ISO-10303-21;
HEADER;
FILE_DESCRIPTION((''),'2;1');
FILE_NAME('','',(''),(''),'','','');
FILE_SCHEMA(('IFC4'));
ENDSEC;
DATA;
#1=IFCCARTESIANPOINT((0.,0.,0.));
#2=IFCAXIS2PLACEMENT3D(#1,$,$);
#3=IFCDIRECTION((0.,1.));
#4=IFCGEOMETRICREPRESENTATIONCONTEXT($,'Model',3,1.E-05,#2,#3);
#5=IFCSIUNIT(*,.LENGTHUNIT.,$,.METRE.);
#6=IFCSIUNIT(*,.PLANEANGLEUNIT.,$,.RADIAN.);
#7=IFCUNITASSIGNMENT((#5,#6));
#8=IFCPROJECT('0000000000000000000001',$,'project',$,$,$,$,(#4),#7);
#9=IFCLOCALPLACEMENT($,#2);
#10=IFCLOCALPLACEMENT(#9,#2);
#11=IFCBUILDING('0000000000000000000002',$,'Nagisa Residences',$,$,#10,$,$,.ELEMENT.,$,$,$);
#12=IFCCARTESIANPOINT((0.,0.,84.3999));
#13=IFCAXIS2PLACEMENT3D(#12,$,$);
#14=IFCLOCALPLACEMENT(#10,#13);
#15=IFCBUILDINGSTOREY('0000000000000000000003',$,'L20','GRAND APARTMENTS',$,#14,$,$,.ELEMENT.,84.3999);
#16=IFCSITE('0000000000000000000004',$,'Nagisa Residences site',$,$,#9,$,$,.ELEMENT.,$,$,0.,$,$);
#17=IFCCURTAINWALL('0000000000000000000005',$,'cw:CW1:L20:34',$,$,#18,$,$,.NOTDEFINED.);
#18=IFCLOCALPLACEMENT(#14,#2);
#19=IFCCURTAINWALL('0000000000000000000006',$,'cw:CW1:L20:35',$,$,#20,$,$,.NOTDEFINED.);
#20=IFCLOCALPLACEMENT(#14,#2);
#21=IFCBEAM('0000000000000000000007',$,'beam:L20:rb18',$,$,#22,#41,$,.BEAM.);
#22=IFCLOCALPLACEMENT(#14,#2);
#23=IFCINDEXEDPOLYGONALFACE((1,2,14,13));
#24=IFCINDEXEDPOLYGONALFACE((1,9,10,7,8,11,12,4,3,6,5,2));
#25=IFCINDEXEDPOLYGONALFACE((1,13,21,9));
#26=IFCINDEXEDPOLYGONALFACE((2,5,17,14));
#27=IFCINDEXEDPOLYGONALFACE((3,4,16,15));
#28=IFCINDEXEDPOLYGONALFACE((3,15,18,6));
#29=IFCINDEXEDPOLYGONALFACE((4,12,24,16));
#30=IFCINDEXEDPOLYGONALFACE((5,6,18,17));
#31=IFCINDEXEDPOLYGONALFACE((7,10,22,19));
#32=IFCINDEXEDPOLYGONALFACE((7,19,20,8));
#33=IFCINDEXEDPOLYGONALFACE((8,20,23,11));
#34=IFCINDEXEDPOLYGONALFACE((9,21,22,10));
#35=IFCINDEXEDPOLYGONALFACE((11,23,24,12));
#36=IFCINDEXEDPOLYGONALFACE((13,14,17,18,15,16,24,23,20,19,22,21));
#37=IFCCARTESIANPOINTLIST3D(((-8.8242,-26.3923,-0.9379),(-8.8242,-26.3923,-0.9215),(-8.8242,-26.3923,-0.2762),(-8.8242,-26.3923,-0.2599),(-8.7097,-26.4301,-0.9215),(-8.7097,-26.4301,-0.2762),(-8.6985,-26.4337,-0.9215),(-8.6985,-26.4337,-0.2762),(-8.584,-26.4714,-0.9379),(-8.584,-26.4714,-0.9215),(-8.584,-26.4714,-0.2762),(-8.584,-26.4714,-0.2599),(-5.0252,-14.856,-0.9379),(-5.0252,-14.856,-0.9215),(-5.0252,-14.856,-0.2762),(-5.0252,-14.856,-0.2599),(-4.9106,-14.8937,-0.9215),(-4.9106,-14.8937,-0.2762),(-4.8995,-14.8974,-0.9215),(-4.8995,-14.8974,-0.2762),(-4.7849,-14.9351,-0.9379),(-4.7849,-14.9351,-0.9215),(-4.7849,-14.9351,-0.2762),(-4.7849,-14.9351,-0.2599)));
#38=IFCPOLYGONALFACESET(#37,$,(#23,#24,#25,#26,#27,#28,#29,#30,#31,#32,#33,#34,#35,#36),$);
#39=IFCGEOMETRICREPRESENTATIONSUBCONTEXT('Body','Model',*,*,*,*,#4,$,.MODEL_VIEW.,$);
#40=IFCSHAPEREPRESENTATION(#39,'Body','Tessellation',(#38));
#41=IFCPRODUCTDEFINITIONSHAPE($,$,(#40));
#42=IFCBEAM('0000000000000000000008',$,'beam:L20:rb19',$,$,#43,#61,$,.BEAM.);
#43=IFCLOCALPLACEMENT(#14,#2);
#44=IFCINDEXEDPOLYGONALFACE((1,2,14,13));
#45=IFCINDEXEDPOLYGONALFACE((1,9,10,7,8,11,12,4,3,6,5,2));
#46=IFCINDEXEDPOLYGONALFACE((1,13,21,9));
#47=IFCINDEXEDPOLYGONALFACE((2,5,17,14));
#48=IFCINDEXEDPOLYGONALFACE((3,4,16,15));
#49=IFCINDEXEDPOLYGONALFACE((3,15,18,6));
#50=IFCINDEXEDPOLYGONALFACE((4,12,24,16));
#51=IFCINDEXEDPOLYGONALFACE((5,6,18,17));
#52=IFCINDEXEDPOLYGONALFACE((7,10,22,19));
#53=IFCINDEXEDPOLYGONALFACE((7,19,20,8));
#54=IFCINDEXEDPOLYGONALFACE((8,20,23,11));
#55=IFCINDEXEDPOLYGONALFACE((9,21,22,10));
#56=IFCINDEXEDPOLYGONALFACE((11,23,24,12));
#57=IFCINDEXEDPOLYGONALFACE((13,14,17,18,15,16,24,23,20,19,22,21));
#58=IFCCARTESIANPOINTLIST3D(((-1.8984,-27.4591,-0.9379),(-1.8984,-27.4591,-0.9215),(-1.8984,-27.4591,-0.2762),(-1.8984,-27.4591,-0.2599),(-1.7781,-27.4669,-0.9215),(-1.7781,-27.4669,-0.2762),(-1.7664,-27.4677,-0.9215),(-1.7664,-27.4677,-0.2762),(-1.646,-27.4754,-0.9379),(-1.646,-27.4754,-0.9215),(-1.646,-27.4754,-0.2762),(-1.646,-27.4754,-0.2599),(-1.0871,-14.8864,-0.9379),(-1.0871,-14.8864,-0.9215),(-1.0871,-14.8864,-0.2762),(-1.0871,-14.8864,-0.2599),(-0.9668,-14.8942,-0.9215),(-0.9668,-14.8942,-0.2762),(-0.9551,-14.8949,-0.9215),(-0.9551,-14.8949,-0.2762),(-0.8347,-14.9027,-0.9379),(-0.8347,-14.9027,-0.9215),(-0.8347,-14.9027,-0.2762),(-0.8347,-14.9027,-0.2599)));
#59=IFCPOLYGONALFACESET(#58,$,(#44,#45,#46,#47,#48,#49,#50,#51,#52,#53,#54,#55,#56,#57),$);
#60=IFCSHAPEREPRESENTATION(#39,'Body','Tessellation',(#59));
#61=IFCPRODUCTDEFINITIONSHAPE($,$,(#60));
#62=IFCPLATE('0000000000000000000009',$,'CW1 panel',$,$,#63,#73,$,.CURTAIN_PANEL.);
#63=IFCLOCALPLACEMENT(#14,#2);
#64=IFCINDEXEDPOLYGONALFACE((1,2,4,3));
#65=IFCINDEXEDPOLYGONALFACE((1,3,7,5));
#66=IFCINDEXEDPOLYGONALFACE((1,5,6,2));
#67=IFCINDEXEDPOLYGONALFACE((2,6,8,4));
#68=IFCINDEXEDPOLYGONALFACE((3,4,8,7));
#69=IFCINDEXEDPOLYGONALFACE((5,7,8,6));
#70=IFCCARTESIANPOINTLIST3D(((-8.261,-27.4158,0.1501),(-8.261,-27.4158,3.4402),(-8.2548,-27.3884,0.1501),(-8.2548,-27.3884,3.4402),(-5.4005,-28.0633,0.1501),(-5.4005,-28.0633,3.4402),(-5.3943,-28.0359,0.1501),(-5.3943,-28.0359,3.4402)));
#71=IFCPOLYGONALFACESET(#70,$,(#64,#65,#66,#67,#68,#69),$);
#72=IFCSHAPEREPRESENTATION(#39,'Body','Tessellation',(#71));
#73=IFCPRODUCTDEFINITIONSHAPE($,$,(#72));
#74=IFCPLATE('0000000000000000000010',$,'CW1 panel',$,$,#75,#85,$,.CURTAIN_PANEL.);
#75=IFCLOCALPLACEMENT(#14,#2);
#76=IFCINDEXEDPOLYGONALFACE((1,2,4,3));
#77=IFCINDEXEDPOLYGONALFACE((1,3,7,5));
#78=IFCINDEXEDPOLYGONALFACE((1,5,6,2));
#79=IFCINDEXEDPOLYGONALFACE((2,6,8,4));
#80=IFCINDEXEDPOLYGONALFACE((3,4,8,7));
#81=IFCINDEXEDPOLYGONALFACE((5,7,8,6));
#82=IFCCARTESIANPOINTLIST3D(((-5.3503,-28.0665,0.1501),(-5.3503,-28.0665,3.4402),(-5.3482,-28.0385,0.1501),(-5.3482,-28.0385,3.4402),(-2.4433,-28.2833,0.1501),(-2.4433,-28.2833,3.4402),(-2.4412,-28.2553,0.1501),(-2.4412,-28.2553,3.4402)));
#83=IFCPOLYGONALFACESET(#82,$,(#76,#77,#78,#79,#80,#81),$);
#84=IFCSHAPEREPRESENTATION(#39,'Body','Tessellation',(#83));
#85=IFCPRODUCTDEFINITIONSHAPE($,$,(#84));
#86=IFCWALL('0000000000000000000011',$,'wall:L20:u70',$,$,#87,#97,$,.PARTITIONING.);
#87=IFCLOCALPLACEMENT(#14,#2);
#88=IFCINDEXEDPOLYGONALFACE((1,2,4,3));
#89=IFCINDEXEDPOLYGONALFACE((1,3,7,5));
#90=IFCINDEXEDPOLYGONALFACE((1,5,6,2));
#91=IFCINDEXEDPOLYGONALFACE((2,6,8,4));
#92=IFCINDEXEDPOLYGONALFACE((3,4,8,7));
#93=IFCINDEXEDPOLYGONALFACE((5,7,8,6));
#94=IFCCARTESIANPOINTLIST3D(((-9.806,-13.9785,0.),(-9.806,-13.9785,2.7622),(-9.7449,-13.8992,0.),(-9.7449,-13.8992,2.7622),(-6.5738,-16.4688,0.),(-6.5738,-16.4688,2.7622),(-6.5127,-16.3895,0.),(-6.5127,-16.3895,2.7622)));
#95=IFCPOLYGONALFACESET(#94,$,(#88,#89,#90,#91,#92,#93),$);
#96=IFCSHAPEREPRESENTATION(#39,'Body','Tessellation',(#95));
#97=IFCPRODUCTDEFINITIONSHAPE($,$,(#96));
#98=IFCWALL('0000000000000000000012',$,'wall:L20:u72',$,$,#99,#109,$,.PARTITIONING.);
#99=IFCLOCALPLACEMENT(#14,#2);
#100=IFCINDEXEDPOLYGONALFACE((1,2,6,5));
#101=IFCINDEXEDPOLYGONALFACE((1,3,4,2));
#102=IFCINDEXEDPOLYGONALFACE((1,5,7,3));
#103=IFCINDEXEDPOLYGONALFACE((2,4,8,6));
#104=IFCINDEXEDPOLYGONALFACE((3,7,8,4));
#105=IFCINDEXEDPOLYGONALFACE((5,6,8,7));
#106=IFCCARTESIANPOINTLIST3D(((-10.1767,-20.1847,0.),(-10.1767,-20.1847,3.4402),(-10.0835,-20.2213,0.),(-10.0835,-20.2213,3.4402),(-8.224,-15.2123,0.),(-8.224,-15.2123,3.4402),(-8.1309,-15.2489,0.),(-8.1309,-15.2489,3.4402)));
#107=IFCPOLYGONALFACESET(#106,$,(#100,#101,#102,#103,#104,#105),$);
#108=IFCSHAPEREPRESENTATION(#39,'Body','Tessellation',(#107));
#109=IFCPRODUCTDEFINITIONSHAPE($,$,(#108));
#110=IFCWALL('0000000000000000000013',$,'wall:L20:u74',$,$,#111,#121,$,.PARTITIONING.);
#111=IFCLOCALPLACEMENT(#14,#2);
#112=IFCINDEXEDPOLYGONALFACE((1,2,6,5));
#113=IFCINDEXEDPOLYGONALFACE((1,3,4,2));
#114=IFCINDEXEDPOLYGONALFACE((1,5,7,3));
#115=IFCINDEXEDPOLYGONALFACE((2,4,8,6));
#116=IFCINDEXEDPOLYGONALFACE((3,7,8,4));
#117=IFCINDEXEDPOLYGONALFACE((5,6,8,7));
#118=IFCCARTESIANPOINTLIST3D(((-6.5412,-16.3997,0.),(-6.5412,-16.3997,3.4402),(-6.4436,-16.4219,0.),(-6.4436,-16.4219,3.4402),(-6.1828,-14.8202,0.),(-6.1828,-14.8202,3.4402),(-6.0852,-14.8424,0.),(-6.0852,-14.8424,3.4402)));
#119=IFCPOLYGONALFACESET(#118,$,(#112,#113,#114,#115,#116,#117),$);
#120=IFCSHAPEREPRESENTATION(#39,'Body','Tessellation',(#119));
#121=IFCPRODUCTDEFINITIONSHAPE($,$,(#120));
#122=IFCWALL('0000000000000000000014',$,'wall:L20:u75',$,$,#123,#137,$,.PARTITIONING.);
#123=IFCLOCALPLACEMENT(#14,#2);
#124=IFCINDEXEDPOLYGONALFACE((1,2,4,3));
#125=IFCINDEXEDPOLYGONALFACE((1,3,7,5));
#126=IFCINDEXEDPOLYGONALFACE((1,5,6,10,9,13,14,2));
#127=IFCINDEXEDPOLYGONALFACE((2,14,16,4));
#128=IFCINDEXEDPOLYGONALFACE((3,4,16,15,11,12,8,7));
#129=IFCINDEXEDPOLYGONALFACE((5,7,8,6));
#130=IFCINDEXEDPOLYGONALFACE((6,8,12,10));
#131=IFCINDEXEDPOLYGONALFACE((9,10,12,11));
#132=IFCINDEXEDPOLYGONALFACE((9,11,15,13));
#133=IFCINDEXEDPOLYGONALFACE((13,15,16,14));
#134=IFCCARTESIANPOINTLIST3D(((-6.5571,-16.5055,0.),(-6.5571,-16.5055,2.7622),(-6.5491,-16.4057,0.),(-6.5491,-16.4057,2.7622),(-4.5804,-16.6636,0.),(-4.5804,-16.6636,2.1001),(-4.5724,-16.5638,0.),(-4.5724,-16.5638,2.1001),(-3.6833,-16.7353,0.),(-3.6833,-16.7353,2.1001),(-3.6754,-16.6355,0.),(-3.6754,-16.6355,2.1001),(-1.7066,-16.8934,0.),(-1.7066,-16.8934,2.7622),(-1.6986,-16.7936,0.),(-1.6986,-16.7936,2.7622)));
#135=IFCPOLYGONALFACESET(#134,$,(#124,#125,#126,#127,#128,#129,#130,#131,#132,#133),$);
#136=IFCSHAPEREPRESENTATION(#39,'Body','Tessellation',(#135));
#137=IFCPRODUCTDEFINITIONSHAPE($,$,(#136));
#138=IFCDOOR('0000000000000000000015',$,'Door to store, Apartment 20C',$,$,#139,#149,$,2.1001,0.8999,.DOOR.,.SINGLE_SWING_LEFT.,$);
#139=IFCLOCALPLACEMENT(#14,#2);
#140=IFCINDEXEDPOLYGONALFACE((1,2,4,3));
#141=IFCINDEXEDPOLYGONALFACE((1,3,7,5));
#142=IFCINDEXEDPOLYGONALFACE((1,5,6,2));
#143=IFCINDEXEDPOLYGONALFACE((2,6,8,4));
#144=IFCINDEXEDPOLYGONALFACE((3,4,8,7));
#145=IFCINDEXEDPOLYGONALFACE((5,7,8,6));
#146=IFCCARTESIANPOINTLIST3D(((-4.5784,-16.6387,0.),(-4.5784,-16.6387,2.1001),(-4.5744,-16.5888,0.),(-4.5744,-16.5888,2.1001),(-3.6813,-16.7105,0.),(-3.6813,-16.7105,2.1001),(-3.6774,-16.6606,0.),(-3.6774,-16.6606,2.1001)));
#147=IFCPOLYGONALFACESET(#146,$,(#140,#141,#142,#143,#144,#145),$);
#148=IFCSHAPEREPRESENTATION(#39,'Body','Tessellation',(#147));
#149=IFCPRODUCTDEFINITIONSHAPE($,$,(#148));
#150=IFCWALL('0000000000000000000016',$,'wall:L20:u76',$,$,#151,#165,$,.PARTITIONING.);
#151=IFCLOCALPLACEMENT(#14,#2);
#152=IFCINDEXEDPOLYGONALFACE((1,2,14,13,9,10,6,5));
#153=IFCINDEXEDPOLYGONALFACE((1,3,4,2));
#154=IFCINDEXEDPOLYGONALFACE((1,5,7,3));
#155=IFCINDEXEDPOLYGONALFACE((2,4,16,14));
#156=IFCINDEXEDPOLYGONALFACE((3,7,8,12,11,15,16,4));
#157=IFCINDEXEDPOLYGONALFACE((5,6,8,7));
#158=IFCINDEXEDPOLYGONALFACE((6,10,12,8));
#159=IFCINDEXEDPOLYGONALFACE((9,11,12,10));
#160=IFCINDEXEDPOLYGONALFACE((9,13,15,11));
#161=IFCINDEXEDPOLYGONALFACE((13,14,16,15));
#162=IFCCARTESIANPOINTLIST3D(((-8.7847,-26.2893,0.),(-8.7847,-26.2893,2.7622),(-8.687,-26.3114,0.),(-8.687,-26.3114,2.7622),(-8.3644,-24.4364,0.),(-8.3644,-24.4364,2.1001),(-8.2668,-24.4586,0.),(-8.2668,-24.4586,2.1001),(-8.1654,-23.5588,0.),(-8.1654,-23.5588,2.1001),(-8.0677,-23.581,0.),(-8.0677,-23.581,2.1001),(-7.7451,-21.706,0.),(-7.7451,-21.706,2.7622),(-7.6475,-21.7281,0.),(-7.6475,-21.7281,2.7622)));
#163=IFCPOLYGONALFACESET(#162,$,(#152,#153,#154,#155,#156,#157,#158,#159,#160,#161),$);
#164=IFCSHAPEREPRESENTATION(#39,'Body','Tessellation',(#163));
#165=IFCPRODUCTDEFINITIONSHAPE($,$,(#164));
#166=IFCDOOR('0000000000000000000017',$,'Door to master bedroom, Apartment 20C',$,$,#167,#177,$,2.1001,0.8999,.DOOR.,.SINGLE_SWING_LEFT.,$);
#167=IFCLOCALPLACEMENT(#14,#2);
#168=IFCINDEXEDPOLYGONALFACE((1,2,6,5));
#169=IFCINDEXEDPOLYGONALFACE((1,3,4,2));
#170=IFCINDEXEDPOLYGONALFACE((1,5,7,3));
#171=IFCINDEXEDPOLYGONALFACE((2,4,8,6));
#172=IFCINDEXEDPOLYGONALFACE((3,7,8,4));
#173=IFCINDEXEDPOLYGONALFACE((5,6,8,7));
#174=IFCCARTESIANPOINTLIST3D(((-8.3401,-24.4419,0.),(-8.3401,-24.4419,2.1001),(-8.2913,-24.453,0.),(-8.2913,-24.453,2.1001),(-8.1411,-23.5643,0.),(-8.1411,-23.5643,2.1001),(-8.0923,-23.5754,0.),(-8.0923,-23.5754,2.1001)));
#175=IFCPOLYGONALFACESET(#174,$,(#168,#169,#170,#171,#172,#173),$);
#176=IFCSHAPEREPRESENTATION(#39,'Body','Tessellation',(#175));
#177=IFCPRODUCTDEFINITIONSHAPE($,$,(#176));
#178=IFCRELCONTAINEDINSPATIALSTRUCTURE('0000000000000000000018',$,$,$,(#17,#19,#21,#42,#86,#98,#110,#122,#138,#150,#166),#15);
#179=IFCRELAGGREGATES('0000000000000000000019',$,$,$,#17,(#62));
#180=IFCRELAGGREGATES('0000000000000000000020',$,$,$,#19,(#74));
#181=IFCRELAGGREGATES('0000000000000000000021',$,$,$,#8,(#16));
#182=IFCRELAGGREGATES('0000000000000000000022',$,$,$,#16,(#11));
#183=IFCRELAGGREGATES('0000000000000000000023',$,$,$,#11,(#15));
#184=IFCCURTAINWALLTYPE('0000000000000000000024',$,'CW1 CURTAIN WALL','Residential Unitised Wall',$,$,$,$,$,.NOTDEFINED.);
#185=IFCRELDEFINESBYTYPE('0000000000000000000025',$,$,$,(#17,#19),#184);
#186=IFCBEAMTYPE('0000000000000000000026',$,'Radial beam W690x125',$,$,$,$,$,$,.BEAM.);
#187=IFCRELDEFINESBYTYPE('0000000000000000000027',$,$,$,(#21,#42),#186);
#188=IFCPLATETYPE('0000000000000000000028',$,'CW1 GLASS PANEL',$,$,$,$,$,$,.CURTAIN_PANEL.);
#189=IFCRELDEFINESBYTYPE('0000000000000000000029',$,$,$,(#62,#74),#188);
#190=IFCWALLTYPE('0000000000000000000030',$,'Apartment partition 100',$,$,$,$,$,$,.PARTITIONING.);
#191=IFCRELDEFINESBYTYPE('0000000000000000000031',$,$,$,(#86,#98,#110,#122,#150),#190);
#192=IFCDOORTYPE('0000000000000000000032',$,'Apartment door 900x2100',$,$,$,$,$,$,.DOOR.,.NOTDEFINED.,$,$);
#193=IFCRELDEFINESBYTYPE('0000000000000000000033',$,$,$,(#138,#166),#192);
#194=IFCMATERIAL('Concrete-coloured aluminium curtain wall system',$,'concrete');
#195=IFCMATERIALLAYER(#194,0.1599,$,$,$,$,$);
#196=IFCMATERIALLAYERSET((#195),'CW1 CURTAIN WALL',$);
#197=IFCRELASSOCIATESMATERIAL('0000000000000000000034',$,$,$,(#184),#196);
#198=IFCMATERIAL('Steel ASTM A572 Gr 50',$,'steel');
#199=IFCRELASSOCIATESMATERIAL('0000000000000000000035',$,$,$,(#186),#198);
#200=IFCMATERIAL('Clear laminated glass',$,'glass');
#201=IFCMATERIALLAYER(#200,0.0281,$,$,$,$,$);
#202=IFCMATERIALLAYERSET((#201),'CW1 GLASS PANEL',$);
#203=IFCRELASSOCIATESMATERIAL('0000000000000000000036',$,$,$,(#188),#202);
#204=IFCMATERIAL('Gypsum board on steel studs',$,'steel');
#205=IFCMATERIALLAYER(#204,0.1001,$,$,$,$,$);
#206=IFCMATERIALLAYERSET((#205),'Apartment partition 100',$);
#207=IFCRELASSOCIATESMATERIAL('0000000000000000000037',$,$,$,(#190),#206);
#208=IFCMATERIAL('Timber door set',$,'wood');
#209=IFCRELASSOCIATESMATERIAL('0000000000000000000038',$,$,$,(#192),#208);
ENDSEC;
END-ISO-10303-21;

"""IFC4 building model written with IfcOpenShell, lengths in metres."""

from ifc_helpers import new_model, si_unit, direction, frame, frame_2d, origin, origin_2d, place, context, subcontext, project, spatial, rectangle, i_section, extrude, material, layer, layer_set, material_profile, profile_set, type_object, element, fill, aggregate, save


model = new_model("IFC4")

# Units and contexts
model_context = context("Model", 3, precision=1e-05, world=origin(), true_north=direction((0.0, 1.0)))
body_context = subcontext(model_context, "Body", "Model", "MODEL_VIEW")
ifc_project = project(units=[si_unit("LENGTHUNIT", "METRE"), si_unit("PLANEANGLEUNIT", "RADIAN")], contexts=[model_context])

# Site, building, storey
site_placement = place(None, origin())
site = spatial("IfcSite", under=ifc_project, at=site_placement, Name="Nagisa Residences site", CompositionType="ELEMENT", RefElevation=0.0)
building_placement = place(site_placement, origin())
building = spatial("IfcBuilding", under=site, at=building_placement, Name="Nagisa Residences", CompositionType="ELEMENT")
storey_placement = place(building_placement, frame((0.0, 0.0, 84.3999)))
storey = spatial("IfcBuildingStorey", under=building, at=storey_placement, Name="L20", Description="GRAND APARTMENTS", CompositionType="ELEMENT", Elevation=84.3999)

# Curtain walls
ifc_material_1 = material(Name="Concrete-coloured aluminium curtain wall system", Category="concrete")
ifc_layer_1 = layer(ifc_material_1, 0.1599)
ifc_layer_set_1 = layer_set([ifc_layer_1], Name="CW1 CURTAIN WALL")
curtain_wall_type = type_object("IfcCurtainWallType", Name="CW1 CURTAIN WALL", Description="Residential Unitised Wall", PredefinedType="NOTDEFINED", material=ifc_layer_set_1)
curtain_wall_1_placement = place(storey_placement, origin())
curtain_wall_1 = element("IfcCurtainWall", 1, at=curtain_wall_1_placement, inside=storey, type_object=curtain_wall_type, Name="cw:CW1:L20:34", PredefinedType="NOTDEFINED")
curtain_wall_2_placement = place(storey_placement, origin())
curtain_wall_2 = element("IfcCurtainWall", 2, at=curtain_wall_2_placement, inside=storey, type_object=curtain_wall_type, Name="cw:CW1:L20:35", PredefinedType="NOTDEFINED")

# Beams
ifc_material_2 = material(Name="Steel ASTM A572 Gr 50", Category="steel")
ifc_material_profile_1 = material_profile(ifc_material_2, i_section(OverallWidth=0.2529, OverallDepth=0.678, WebThickness=0.0117, FlangeThickness=0.0164, at=origin_2d()), Name="W690x125")
ifc_profile_set_1 = profile_set([ifc_material_profile_1], Name="Steel ASTM A572 Gr 50")
beam_type_1 = type_object("IfcBeamType", Name="Radial beam W690x125", PredefinedType="BEAM", material=ifc_profile_set_1)
beam_1_placement = place(storey_placement, frame((-8.7041, -26.4319, -0.5989), z_axis=(0.312788, 0.949823, 0.0), x_axis=(-0.949823, 0.312788, 0.0)))
element("IfcBeam", 3, at=beam_1_placement, inside=storey, type_object=beam_type_1, Name="beam:L20:rb18", PredefinedType="BEAM", context=body_context, shape_type="SweptSolid", body=[
    extrude(i_section(OverallWidth=0.2529, OverallDepth=0.678, WebThickness=0.0117, FlangeThickness=0.0164, at=origin_2d()), origin(), (0.0, 0.0, 1.0), 12.1458),
])
beam_2_placement = place(storey_placement, frame((-1.7722, -27.4673, -0.5989), z_axis=(0.064393, 0.997925, 0.0), x_axis=(-0.997925, 0.064393, 0.0)))
element("IfcBeam", 4, at=beam_2_placement, inside=storey, type_object=beam_type_1, Name="beam:L20:rb19", PredefinedType="BEAM", context=body_context, shape_type="SweptSolid", body=[
    extrude(i_section(OverallWidth=0.2529, OverallDepth=0.678, WebThickness=0.0117, FlangeThickness=0.0164, at=origin_2d()), origin(), (0.0, 0.0, 1.0), 12.5989),
])

# Plates
ifc_material_3 = material(Name="Clear laminated glass", Category="glass")
ifc_layer_2 = layer(ifc_material_3, 0.0281)
ifc_layer_set_2 = layer_set([ifc_layer_2], Name="CW1 GLASS PANEL")
plate_type = type_object("IfcPlateType", Name="CW1 GLASS PANEL", PredefinedType="CURTAIN_PANEL", material=ifc_layer_set_2)
plate_1_placement = place(storey_placement, frame((-6.8276, -27.7258, 0.1501), z_axis=(0.0, 0.0, 1.0), x_axis=(0.975327, -0.220764, 0.0)))
plate_1 = element("IfcPlate", 5, at=plate_1_placement, type_object=plate_type, Name="CW1 panel", PredefinedType="CURTAIN_PANEL", context=body_context, shape_type="SweptSolid", body=[
    extrude(rectangle(XDim=2.9329, YDim=0.0281, at=origin_2d()), origin(), (0.0, 0.0, 1.0), 3.29),
])
aggregate(curtain_wall_1, [plate_1])
plate_2_placement = place(storey_placement, frame((-3.8958, -28.1609, 0.1501), z_axis=(0.0, 0.0, 1.0), x_axis=(0.99723, -0.074377, 0.0)))
plate_2 = element("IfcPlate", 6, at=plate_2_placement, type_object=plate_type, Name="CW1 panel", PredefinedType="CURTAIN_PANEL", context=body_context, shape_type="SweptSolid", body=[
    extrude(rectangle(XDim=2.915, YDim=0.0281, at=origin_2d()), origin(), (0.0, 0.0, 1.0), 3.29),
])
aggregate(curtain_wall_2, [plate_2])

# Walls
ifc_material_4 = material(Name="Gypsum board on steel studs", Category="steel")
ifc_layer_3 = layer(ifc_material_4, 0.1001)
ifc_layer_set_3 = layer_set([ifc_layer_3], Name="Apartment partition 100")
wall_type_1 = type_object("IfcWallType", Name="Apartment partition 100", PredefinedType="PARTITIONING", material=ifc_layer_set_3)
wall_1_placement = place(storey_placement, frame((-9.7754, -13.939, 0.0), z_axis=(0.0, 0.0, 1.0), x_axis=(0.792157, -0.610318, 0.0)))
element("IfcWall", 7, at=wall_1_placement, inside=storey, type_object=wall_type_1, Name="wall:L20:u70", PredefinedType="PARTITIONING", context=body_context, shape_type="SweptSolid", body=[
    extrude(rectangle(XDim=4.0803, YDim=0.1001, at=frame_2d((2.04, 0.0))), origin(), (0.0, 0.0, 1.0), 2.7622),
])
wall_2_placement = place(storey_placement, frame((-8.1775, -15.2307, 0.0), z_axis=(0.0, 0.0, 1.0), x_axis=(-0.365521, -0.930803, 0.0)))
element("IfcWall", 8, at=wall_2_placement, inside=storey, type_object=wall_type_1, Name="wall:L20:u72", PredefinedType="PARTITIONING", context=body_context, shape_type="SweptSolid", body=[
    extrude(rectangle(XDim=5.342, YDim=0.1001, at=frame_2d((2.6709, 0.0))), origin(), (0.0, 0.0, 1.0), 3.4402),
])
wall_3_placement = place(storey_placement, frame((-6.134, -14.8313, 0.0), z_axis=(0.0, 0.0, 1.0), x_axis=(-0.221269, -0.975213, 0.0)))
element("IfcWall", 9, at=wall_3_placement, inside=storey, type_object=wall_type_1, Name="wall:L20:u74", PredefinedType="PARTITIONING", context=body_context, shape_type="SweptSolid", body=[
    extrude(rectangle(XDim=1.6196, YDim=0.1001, at=frame_2d((0.8098, 0.0))), origin(), (0.0, 0.0, 1.0), 3.4402),
])

# Walls, openings, doors
wall_4_placement = place(storey_placement, frame((-6.5532, -16.4556, 0.0), z_axis=(0.0, 0.0, 1.0), x_axis=(0.996817, -0.079723, 0.0)))
wall_4 = element("IfcWall", 10, at=wall_4_placement, inside=storey, type_object=wall_type_1, Name="wall:L20:u75", PredefinedType="PARTITIONING", context=body_context, shape_type="SweptSolid", body=[
    extrude(rectangle(XDim=4.866, YDim=0.1001, at=frame_2d((2.4331, 0.0))), origin(), (0.0, 0.0, 1.0), 2.7622),
])
opening_1_placement = place(wall_4_placement, frame((1.9832, 0.0, 0.0)))
opening_1 = element("IfcOpeningElement", 11, at=opening_1_placement, cuts=wall_4, PredefinedType="OPENING", context=body_context, shape_type="SweptSolid", body=[
    extrude(rectangle(XDim=0.8999, YDim=2.1001, at=frame_2d((0.45, 1.05))), frame((0.0, 0.0601, 0.0), z_axis=(0.0, -1.0, 0.0), x_axis=(1.0, 0.0, 0.0)), (0.0, 0.0, 1.0), 0.1201),
])
ifc_material_5 = material(Name="Timber door set", Category="wood")
door_type_1 = type_object("IfcDoorType", Name="Apartment door 900x2100", OperationType="NOTDEFINED", PredefinedType="DOOR", material=ifc_material_5)
door_1_placement = place(opening_1_placement, origin())
door_1 = element("IfcDoor", 12, at=door_1_placement, inside=storey, type_object=door_type_1, Name="Door to store, Apartment 20C", OperationType="SINGLE_SWING_LEFT", OverallHeight=2.1001, OverallWidth=0.8999, PredefinedType="DOOR", context=body_context, shape_type="SweptSolid", body=[
    extrude(rectangle(XDim=0.8999, YDim=2.1001, at=frame_2d((0.45, 1.05))), frame((0.0, 0.0249, 0.0), z_axis=(0.0, -1.0, 0.0), x_axis=(1.0, 0.0, 0.0)), (0.0, 0.0, 1.0), 0.05),
])
fill(opening_1, door_1)
wall_5_placement = place(storey_placement, frame((-7.6963, -21.717, 0.0), z_axis=(0.0, 0.0, 1.0), x_axis=(-0.221197, -0.975229, 0.0)))
wall_5 = element("IfcWall", 13, at=wall_5_placement, inside=storey, type_object=wall_type_1, Name="wall:L20:u76", PredefinedType="PARTITIONING", context=body_context, shape_type="SweptSolid", body=[
    extrude(rectangle(XDim=4.6997, YDim=0.1001, at=frame_2d((2.3499, 0.0))), origin(), (0.0, 0.0, 1.0), 2.7622),
])
opening_2_placement = place(wall_5_placement, frame((1.8999, 0.0, 0.0)))
opening_2 = element("IfcOpeningElement", 14, at=opening_2_placement, cuts=wall_5, PredefinedType="OPENING", context=body_context, shape_type="SweptSolid", body=[
    extrude(rectangle(XDim=0.8999, YDim=2.1001, at=frame_2d((0.45, 1.05))), frame((0.0, 0.0601, 0.0), z_axis=(0.0, -1.0, 0.0), x_axis=(1.0, 0.0, 0.0)), (0.0, 0.0, 1.0), 0.1201),
])
door_2_placement = place(opening_2_placement, origin())
door_2 = element("IfcDoor", 15, at=door_2_placement, inside=storey, type_object=door_type_1, Name="Door to master bedroom, Apartment 20C", OperationType="SINGLE_SWING_LEFT", OverallHeight=2.1001, OverallWidth=0.8999, PredefinedType="DOOR", context=body_context, shape_type="SweptSolid", body=[
    extrude(rectangle(XDim=0.8999, YDim=2.1001, at=frame_2d((0.45, 1.05))), frame((0.0, 0.0249, 0.0), z_axis=(0.0, -1.0, 0.0), x_axis=(1.0, 0.0, 0.0)), (0.0, 0.0, 1.0), 0.05),
])
fill(opening_2, door_2)

save(model, "model.ifc")
